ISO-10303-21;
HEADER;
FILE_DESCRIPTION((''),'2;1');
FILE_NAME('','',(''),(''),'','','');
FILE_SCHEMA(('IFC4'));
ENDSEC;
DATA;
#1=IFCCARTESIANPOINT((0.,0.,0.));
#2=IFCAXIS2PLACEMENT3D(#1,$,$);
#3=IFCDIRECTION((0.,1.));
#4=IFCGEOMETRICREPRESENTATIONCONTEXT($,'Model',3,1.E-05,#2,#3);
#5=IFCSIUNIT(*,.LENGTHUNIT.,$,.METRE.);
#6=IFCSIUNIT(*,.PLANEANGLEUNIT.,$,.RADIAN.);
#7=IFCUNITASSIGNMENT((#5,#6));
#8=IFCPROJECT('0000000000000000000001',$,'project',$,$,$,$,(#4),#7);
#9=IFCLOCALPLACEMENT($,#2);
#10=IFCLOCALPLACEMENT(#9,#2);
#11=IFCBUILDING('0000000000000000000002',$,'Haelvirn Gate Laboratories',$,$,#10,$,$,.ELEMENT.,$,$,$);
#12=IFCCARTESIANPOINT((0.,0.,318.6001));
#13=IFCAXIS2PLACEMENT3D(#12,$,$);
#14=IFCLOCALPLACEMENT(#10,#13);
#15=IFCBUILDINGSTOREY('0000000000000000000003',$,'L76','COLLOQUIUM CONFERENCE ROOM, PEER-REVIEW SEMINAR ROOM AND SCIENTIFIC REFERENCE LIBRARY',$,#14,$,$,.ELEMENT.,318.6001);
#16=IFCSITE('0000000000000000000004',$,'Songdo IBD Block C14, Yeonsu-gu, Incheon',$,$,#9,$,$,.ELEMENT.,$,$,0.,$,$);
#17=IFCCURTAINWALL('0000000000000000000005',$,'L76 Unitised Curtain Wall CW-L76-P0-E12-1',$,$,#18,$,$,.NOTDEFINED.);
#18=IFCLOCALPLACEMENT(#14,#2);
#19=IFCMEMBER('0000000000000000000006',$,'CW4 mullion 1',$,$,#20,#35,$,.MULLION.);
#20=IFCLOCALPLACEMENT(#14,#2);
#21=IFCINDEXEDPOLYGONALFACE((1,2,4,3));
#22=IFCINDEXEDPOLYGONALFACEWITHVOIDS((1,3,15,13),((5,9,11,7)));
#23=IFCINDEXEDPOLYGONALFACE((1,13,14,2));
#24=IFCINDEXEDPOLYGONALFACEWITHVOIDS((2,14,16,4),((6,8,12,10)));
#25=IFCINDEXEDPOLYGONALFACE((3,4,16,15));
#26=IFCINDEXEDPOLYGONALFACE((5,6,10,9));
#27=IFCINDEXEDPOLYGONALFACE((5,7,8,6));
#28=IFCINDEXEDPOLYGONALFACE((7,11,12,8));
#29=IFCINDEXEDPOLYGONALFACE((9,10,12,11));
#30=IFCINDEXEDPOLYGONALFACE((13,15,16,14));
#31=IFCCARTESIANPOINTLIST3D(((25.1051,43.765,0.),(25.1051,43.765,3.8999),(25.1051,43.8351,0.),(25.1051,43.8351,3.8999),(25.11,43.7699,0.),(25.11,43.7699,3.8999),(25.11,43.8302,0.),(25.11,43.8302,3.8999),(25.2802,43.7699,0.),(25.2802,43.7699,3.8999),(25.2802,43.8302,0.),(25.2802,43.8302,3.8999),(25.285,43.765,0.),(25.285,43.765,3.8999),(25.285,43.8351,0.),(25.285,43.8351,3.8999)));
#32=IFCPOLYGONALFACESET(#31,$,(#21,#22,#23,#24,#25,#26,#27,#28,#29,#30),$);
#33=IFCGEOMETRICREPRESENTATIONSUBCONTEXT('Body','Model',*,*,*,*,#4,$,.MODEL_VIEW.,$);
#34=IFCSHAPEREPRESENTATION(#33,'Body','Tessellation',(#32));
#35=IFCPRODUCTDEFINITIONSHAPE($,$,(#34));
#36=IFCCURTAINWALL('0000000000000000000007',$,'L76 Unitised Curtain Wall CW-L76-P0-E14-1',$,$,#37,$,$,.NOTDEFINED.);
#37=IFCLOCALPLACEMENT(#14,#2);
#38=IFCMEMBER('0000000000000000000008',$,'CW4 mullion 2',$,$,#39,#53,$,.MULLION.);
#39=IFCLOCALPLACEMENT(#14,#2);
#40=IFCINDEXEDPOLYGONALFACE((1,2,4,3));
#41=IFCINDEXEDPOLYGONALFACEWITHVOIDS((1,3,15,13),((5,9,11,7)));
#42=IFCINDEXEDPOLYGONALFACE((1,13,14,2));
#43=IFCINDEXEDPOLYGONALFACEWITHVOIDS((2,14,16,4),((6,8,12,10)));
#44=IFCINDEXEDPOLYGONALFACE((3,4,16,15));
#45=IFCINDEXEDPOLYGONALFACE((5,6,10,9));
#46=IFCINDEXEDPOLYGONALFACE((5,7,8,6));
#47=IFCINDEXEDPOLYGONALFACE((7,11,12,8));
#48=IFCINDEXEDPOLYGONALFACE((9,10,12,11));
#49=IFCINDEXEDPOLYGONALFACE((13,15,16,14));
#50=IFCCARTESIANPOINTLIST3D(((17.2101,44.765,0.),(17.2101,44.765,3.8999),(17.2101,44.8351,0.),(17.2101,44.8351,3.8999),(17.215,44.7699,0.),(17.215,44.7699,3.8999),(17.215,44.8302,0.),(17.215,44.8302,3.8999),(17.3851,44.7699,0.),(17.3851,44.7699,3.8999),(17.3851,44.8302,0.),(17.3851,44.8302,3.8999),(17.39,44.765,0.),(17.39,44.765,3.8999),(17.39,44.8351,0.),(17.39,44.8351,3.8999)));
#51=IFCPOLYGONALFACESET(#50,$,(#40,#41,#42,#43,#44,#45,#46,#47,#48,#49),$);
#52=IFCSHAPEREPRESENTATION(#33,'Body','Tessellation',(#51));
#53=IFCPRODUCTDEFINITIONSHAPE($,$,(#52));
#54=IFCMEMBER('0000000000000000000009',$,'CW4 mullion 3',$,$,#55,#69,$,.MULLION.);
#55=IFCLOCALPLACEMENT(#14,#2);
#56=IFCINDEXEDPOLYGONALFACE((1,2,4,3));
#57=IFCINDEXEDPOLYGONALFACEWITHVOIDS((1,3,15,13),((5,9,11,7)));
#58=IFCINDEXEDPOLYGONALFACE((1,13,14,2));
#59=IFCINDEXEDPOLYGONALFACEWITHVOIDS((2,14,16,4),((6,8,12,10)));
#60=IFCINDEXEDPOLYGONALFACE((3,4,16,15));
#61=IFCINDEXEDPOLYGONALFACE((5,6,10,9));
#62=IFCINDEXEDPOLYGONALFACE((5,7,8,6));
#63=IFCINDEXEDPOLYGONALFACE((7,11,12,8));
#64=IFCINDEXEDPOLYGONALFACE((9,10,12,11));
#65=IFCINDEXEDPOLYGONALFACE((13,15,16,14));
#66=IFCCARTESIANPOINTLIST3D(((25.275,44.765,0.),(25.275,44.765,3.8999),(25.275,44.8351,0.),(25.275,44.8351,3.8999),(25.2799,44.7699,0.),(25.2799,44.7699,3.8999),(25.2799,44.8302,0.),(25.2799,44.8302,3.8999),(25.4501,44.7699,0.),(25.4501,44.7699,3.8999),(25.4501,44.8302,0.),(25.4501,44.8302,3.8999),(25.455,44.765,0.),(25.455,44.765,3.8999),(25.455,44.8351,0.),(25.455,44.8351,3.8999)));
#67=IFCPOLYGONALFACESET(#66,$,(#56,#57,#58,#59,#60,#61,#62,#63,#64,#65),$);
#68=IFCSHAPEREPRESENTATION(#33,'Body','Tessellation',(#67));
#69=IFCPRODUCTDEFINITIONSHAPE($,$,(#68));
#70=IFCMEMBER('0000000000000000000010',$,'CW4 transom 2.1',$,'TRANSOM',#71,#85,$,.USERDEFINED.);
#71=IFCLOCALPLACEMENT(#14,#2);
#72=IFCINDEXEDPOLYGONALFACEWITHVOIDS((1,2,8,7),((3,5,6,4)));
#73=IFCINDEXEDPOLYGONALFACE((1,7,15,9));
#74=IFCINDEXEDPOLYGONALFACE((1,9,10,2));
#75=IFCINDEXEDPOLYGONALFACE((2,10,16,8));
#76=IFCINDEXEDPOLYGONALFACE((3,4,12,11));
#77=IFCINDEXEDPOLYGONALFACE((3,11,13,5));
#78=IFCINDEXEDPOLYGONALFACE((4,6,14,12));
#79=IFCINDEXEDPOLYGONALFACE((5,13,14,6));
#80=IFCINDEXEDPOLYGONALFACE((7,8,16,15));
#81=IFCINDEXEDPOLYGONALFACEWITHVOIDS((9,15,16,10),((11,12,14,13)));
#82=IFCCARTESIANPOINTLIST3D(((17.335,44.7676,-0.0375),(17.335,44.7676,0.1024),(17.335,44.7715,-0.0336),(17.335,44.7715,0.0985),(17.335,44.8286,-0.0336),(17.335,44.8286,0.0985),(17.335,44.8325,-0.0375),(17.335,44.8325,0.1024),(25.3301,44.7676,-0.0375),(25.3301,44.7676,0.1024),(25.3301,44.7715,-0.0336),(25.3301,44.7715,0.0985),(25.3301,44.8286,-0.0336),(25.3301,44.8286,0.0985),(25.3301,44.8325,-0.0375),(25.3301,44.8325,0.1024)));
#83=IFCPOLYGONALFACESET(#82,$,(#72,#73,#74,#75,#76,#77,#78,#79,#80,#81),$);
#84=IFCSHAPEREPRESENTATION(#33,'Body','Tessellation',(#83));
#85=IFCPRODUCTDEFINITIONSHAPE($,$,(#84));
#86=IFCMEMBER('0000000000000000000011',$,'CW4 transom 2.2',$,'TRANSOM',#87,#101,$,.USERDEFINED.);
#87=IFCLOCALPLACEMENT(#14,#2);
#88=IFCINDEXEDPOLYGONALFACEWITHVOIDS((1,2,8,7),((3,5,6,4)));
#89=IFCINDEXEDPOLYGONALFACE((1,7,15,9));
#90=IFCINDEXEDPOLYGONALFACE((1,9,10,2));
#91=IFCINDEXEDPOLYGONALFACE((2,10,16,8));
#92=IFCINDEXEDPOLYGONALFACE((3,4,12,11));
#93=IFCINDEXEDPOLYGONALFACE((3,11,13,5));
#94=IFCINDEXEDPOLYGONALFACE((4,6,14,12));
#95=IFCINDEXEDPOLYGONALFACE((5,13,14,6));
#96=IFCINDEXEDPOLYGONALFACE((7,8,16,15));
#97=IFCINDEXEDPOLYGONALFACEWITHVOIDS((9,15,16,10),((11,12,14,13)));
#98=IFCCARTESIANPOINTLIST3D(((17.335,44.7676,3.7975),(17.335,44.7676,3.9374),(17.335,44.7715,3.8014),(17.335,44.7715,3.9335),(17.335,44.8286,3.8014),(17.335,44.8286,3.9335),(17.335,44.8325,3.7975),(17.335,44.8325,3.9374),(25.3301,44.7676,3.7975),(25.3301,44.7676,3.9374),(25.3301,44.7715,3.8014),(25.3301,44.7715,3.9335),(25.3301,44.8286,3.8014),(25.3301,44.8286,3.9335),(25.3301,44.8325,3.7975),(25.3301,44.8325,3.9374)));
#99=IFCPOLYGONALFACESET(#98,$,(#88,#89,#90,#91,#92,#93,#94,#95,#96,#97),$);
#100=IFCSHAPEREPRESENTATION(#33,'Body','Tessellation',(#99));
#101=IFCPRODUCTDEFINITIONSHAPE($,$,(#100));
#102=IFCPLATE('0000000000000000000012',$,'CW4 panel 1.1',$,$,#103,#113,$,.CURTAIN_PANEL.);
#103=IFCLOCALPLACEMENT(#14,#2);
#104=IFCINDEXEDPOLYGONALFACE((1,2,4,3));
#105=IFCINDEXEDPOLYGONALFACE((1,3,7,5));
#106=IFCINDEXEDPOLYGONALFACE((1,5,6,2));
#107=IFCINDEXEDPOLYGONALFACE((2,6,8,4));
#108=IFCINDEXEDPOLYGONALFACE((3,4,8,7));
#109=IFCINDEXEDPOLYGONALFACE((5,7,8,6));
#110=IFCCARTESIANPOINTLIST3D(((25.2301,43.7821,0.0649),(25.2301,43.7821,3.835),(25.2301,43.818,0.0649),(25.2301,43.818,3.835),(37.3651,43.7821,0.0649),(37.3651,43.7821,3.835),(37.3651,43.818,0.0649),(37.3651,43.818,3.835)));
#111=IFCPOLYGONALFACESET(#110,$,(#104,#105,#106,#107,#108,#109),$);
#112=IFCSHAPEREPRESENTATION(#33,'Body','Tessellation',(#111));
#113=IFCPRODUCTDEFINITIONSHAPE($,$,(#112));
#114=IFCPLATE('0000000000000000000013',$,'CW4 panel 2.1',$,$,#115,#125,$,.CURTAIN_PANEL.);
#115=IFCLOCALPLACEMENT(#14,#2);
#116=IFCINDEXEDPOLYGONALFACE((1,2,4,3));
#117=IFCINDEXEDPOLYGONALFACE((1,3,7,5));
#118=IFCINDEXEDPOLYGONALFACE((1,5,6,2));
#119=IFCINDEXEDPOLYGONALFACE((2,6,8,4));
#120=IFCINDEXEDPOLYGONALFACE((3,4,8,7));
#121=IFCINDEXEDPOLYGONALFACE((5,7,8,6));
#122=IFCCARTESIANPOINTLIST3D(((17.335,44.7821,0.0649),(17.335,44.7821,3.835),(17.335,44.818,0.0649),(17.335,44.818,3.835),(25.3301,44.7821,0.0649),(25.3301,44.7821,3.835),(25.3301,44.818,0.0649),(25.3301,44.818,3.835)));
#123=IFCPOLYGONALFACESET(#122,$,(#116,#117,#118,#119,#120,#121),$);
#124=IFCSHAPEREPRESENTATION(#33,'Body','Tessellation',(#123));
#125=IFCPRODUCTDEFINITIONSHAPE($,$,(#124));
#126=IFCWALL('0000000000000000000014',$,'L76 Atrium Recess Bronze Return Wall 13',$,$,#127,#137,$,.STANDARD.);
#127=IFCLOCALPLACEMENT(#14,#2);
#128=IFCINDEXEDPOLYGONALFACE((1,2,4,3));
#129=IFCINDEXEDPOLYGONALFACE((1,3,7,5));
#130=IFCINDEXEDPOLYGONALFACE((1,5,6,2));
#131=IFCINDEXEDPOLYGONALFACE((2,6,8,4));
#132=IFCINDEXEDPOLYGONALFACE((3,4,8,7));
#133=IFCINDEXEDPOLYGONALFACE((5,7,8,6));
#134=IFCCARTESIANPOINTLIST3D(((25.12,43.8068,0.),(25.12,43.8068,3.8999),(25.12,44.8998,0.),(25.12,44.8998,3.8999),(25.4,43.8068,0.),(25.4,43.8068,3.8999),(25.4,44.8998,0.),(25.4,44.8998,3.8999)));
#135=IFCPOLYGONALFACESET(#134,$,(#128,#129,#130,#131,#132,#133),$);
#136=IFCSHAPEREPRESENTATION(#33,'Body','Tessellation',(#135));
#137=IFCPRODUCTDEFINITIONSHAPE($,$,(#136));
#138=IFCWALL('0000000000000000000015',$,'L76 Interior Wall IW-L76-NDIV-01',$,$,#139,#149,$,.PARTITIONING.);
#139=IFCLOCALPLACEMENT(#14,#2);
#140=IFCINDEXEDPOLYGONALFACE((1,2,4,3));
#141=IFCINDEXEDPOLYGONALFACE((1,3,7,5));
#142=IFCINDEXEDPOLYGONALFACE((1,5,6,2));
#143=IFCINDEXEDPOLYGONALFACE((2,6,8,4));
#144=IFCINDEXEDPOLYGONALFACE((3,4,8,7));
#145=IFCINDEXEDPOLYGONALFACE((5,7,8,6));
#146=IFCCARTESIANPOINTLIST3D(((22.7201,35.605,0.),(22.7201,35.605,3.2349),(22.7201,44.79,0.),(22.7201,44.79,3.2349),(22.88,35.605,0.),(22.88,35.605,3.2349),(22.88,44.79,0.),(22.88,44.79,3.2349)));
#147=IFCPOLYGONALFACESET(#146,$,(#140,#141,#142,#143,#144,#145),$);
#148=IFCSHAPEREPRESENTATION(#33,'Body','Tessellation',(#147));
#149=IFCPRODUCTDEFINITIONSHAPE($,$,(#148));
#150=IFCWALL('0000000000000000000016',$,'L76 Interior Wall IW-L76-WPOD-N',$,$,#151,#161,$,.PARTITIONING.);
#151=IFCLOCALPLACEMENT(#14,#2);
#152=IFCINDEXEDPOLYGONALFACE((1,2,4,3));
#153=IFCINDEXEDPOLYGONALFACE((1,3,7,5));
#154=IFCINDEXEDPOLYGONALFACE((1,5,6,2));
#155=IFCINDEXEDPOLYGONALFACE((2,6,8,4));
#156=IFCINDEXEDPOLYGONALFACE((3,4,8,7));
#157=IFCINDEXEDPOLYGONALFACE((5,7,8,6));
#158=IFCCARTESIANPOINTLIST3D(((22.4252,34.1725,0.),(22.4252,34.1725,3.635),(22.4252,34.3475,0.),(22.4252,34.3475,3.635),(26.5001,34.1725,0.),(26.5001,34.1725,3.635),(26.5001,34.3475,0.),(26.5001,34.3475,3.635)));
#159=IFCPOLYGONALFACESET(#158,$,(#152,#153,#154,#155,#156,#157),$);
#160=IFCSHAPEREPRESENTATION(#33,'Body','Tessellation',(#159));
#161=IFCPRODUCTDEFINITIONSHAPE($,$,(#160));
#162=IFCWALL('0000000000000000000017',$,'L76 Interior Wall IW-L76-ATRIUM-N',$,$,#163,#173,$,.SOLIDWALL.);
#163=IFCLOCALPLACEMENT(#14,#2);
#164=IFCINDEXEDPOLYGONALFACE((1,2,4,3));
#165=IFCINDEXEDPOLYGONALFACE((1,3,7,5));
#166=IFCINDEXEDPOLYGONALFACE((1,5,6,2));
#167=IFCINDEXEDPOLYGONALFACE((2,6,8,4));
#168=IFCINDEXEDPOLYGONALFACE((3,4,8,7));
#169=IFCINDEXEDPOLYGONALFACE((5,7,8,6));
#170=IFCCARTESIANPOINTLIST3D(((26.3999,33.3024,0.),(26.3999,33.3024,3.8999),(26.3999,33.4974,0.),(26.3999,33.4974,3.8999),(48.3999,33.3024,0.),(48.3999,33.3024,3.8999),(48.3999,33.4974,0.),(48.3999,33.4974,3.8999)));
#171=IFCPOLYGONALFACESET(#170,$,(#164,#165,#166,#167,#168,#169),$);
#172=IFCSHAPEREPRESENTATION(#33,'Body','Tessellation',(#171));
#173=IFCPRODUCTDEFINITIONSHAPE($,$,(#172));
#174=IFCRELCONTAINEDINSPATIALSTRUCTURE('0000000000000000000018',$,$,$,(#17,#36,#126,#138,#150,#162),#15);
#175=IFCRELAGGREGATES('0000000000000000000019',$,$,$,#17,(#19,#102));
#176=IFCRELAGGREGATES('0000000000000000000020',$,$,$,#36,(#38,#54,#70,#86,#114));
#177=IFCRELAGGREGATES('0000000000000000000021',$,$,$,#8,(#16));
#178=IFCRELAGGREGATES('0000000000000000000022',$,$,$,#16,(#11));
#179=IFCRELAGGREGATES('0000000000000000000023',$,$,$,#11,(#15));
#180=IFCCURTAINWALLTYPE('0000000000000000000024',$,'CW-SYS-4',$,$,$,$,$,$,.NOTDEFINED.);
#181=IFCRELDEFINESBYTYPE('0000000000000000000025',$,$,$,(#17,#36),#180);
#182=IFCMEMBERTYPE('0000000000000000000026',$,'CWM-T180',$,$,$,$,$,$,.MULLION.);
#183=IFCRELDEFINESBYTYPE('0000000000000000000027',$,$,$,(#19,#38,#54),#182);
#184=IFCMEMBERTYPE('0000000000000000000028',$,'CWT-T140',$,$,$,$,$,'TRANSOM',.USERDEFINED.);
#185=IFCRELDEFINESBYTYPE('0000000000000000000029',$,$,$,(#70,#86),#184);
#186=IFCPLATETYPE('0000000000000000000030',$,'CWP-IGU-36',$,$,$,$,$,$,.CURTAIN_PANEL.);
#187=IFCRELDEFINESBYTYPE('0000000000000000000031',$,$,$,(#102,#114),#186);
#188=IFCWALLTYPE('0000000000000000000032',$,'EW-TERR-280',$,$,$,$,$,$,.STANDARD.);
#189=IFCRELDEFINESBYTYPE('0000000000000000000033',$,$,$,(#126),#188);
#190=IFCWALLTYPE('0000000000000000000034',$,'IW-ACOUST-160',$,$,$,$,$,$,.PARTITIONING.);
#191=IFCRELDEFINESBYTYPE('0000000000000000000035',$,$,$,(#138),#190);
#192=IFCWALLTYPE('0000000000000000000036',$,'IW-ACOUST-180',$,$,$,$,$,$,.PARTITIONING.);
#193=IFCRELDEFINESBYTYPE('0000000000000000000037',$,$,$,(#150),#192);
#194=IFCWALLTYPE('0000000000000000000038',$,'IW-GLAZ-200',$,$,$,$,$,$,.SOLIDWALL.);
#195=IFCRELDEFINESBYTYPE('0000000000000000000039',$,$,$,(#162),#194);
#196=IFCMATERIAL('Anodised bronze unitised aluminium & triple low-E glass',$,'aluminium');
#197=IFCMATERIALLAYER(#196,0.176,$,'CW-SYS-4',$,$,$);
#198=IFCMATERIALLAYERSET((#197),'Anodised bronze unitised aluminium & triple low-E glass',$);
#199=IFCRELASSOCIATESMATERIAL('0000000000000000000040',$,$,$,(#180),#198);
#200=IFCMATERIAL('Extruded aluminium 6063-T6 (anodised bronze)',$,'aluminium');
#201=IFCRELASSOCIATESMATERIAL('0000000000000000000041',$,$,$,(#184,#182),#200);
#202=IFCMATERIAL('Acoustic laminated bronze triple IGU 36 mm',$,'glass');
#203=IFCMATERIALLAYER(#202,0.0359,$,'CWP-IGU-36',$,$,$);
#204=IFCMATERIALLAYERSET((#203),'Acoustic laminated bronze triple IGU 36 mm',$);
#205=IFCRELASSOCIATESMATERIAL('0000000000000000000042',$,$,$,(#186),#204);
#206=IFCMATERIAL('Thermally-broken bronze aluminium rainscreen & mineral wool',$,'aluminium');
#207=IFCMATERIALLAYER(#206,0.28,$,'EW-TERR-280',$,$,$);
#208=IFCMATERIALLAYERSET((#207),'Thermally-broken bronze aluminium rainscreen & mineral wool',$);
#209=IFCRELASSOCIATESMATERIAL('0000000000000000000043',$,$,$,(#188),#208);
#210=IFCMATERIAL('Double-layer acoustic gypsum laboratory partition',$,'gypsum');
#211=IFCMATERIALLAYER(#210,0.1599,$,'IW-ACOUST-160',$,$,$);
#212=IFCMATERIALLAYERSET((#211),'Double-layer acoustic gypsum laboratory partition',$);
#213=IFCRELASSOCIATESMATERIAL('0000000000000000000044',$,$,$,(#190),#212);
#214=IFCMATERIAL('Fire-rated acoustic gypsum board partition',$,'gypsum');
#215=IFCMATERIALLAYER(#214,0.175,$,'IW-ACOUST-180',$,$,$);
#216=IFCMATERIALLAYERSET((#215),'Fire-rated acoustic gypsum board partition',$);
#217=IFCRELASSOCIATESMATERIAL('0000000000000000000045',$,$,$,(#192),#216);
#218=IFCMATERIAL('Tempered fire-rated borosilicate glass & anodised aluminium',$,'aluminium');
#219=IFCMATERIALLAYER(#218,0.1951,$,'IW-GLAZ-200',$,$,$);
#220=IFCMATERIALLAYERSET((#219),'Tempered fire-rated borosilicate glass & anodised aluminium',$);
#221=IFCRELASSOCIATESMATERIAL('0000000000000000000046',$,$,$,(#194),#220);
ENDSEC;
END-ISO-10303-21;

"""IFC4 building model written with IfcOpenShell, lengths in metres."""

from ifc_helpers import new_model, si_unit, direction, frame, frame_2d, origin, origin_2d, place, context, subcontext, project, spatial, rectangle, hollow_rectangle, extrude, source, transform, mapped, material, layer, layer_set, material_profile, profile_set, type_object, type_shapes, element, aggregate, save


model = new_model("IFC4")

# Units and contexts
model_context = context("Model", 3, precision=1e-05, world=origin(), true_north=direction((0.0, 1.0)))
body_context = subcontext(model_context, "Body", "Model", "MODEL_VIEW")
ifc_project = project(units=[si_unit("LENGTHUNIT", "METRE"), si_unit("PLANEANGLEUNIT", "RADIAN")], contexts=[model_context])

# Site, building, storey
site_placement = place(None, origin())
site = spatial("IfcSite", under=ifc_project, at=site_placement, Name="Songdo IBD Block C14, Yeonsu-gu, Incheon", CompositionType="ELEMENT", RefElevation=0.0)
building_placement = place(site_placement, origin())
building = spatial("IfcBuilding", under=site, at=building_placement, Name="Haelvirn Gate Laboratories", CompositionType="ELEMENT")
storey_placement = place(building_placement, frame((0.0, 0.0, 318.6001)))
storey = spatial("IfcBuildingStorey", under=building, at=storey_placement, Name="L76", Description="COLLOQUIUM CONFERENCE ROOM, PEER-REVIEW SEMINAR ROOM AND SCIENTIFIC REFERENCE LIBRARY", CompositionType="ELEMENT", Elevation=318.6001)

# Curtain walls, members
ifc_material_1 = material(Name="Anodised bronze unitised aluminium & triple low-E glass", Category="aluminium")
ifc_layer_1 = layer(ifc_material_1, 0.176, Name="CW-SYS-4")
ifc_layer_set_1 = layer_set([ifc_layer_1], Name="Anodised bronze unitised aluminium & triple low-E glass")
curtain_wall_type = type_object("IfcCurtainWallType", Name="CW-SYS-4", PredefinedType="NOTDEFINED", material=ifc_layer_set_1)
curtain_wall_1_placement = place(storey_placement, origin())
curtain_wall_1 = element("IfcCurtainWall", 1, at=curtain_wall_1_placement, inside=storey, type_object=curtain_wall_type, Name="L76 Unitised Curtain Wall CW-L76-P0-E12-1", PredefinedType="NOTDEFINED")
ifc_material_2 = material(Name="Extruded aluminium 6063-T6 (anodised bronze)", Category="aluminium")
ifc_material_profile_1 = material_profile(ifc_material_2, hollow_rectangle(XDim=0.0649, YDim=0.1399, WallThickness=0.0039, at=origin_2d()), Name="CWT-140x65x4")
ifc_profile_set_1 = profile_set([ifc_material_profile_1], Name="Extruded aluminium 6063-T6 (anodised bronze)")
member_type_1 = type_object("IfcMemberType", Name="CWT-T140", ElementType="TRANSOM", PredefinedType="USERDEFINED", material=ifc_profile_set_1)
ifc_material_profile_2 = material_profile(ifc_material_2, hollow_rectangle(XDim=0.0701, YDim=0.1799, WallThickness=0.0049, at=origin_2d()), Name="CWM-180x70x5")
ifc_profile_set_2 = profile_set([ifc_material_profile_2], Name="Extruded aluminium 6063-T6 (anodised bronze)")
member_type_2 = type_object("IfcMemberType", Name="CWM-T180", PredefinedType="MULLION", material=ifc_profile_set_2)
shared_shape_1 = source(origin(), body_context, "Body", "SweptSolid", [
    extrude(hollow_rectangle(XDim=0.0701, YDim=0.1799, WallThickness=0.0049, at=origin_2d()), origin(), (0.0, 0.0, 1.0), 3.8999),
])
type_shapes(member_type_2, [shared_shape_1])
member_1_placement = place(storey_placement, frame((25.1951, 43.8, 0.0), z_axis=(0.0, 0.0, 1.0), x_axis=(0.0, 1.0, 0.0)))
member_1 = element("IfcMember", 2, at=member_1_placement, type_object=member_type_2, Name="CW4 mullion 1", PredefinedType="MULLION", context=body_context, shape_type="MappedRepresentation", body=[
    mapped(shared_shape_1, transform((0.0, 0.0, 0.0), scale=1.0)),
])
curtain_wall_2_placement = place(storey_placement, origin())
curtain_wall_2 = element("IfcCurtainWall", 3, at=curtain_wall_2_placement, inside=storey, type_object=curtain_wall_type, Name="L76 Unitised Curtain Wall CW-L76-P0-E14-1", PredefinedType="NOTDEFINED")
member_2_placement = place(storey_placement, frame((17.3, 44.8, 0.0), z_axis=(0.0, 0.0, 1.0), x_axis=(0.0, 1.0, 0.0)))
member_2 = element("IfcMember", 4, at=member_2_placement, type_object=member_type_2, Name="CW4 mullion 2", PredefinedType="MULLION", context=body_context, shape_type="MappedRepresentation", body=[
    mapped(shared_shape_1, transform((0.0, 0.0, 0.0), scale=1.0)),
])
member_3_placement = place(storey_placement, frame((25.365, 44.8, 0.0), z_axis=(0.0, 0.0, 1.0), x_axis=(0.0, 1.0, 0.0)))
member_3 = element("IfcMember", 5, at=member_3_placement, type_object=member_type_2, Name="CW4 mullion 3", PredefinedType="MULLION", context=body_context, shape_type="MappedRepresentation", body=[
    mapped(shared_shape_1, transform((0.0, 0.0, 0.0), scale=1.0)),
])
shared_shape_2 = source(origin(), body_context, "Body", "SweptSolid", [
    extrude(hollow_rectangle(XDim=0.0649, YDim=0.1399, WallThickness=0.0039, at=origin_2d()), origin(), (0.0, 0.0, 1.0), 7.9951),
])
member_4_placement = place(storey_placement, frame((17.335, 44.8, 0.0325), z_axis=(1.0, 0.0, 0.0), x_axis=(0.0, 1.0, 0.0)))
member_4 = element("IfcMember", 6, at=member_4_placement, type_object=member_type_1, Name="CW4 transom 2.1", ObjectType="TRANSOM", PredefinedType="USERDEFINED", context=body_context, shape_type="MappedRepresentation", body=[
    mapped(shared_shape_2, transform((0.0, 0.0, 0.0), scale=1.0)),
])
member_5_placement = place(storey_placement, frame((17.335, 44.8, 3.8674), z_axis=(1.0, 0.0, 0.0), x_axis=(0.0, 1.0, 0.0)))
member_5 = element("IfcMember", 7, at=member_5_placement, type_object=member_type_1, Name="CW4 transom 2.2", ObjectType="TRANSOM", PredefinedType="USERDEFINED", context=body_context, shape_type="MappedRepresentation", body=[
    mapped(shared_shape_2, transform((0.0, 0.0, 0.0), scale=1.0)),
])

# Plates
ifc_material_3 = material(Name="Acoustic laminated bronze triple IGU 36 mm", Category="glass")
ifc_layer_2 = layer(ifc_material_3, 0.0359, Name="CWP-IGU-36")
ifc_layer_set_2 = layer_set([ifc_layer_2], Name="Acoustic laminated bronze triple IGU 36 mm")
plate_type = type_object("IfcPlateType", Name="CWP-IGU-36", PredefinedType="CURTAIN_PANEL", material=ifc_layer_set_2)
shared_shape_3 = source(origin(), body_context, "Body", "SweptSolid", [
    extrude(rectangle(XDim=12.135, YDim=0.0359, at=origin_2d()), origin(), (0.0, 0.0, 1.0), 3.77),
])
plate_1_placement = place(storey_placement, frame((31.2976, 43.8, 0.0649), z_axis=(0.0, 0.0, 1.0), x_axis=(1.0, 0.0, 0.0)))
plate_1 = element("IfcPlate", 8, at=plate_1_placement, type_object=plate_type, Name="CW4 panel 1.1", PredefinedType="CURTAIN_PANEL", context=body_context, shape_type="MappedRepresentation", body=[
    mapped(shared_shape_3, transform((0.0, 0.0, 0.0), scale=1.0)),
])
aggregate(curtain_wall_1, [member_1, plate_1])
shared_shape_4 = source(origin(), body_context, "Body", "SweptSolid", [
    extrude(rectangle(XDim=7.9951, YDim=0.0359, at=origin_2d()), origin(), (0.0, 0.0, 1.0), 3.77),
])
type_shapes(plate_type, [shared_shape_3, shared_shape_4])
plate_2_placement = place(storey_placement, frame((21.3325, 44.8, 0.0649), z_axis=(0.0, 0.0, 1.0), x_axis=(1.0, 0.0, 0.0)))
plate_2 = element("IfcPlate", 9, at=plate_2_placement, type_object=plate_type, Name="CW4 panel 2.1", PredefinedType="CURTAIN_PANEL", context=body_context, shape_type="MappedRepresentation", body=[
    mapped(shared_shape_4, transform((0.0, 0.0, 0.0), scale=1.0)),
])
aggregate(curtain_wall_2, [member_2, member_3, member_4, member_5, plate_2])

# Walls
ifc_material_4 = material(Name="Thermally-broken bronze aluminium rainscreen & mineral wool", Category="aluminium")
ifc_layer_3 = layer(ifc_material_4, 0.28, Name="EW-TERR-280")
ifc_layer_set_3 = layer_set([ifc_layer_3], Name="Thermally-broken bronze aluminium rainscreen & mineral wool")
wall_type_1 = type_object("IfcWallType", Name="EW-TERR-280", PredefinedType="STANDARD", material=ifc_layer_set_3)
wall_1_placement = place(storey_placement, frame((25.26, 43.8069, 0.0), z_axis=(0.0, 0.0, 1.0), x_axis=(0.0, 1.0, 0.0)))
element("IfcWall", 10, at=wall_1_placement, inside=storey, type_object=wall_type_1, Name="L76 Atrium Recess Bronze Return Wall 13", PredefinedType="STANDARD", context=body_context, shape_type="SweptSolid", body=[
    extrude(rectangle(XDim=1.093, YDim=0.28, at=frame_2d((0.5464, 0.0))), origin(), (0.0, 0.0, 1.0), 3.8999),
])
ifc_material_5 = material(Name="Double-layer acoustic gypsum laboratory partition", Category="gypsum")
ifc_layer_4 = layer(ifc_material_5, 0.1599, Name="IW-ACOUST-160")
ifc_layer_set_4 = layer_set([ifc_layer_4], Name="Double-layer acoustic gypsum laboratory partition")
wall_type_2 = type_object("IfcWallType", Name="IW-ACOUST-160", PredefinedType="PARTITIONING", material=ifc_layer_set_4)
wall_2_placement = place(storey_placement, frame((22.8, 35.605, 0.0), z_axis=(0.0, 0.0, 1.0), x_axis=(0.0, 1.0, 0.0)))
element("IfcWall", 11, at=wall_2_placement, inside=storey, type_object=wall_type_2, Name="L76 Interior Wall IW-L76-NDIV-01", PredefinedType="PARTITIONING", context=body_context, shape_type="SweptSolid", body=[
    extrude(rectangle(XDim=9.1851, YDim=0.1599, at=frame_2d((4.5925, 0.0))), origin(), (0.0, 0.0, 1.0), 3.2349),
])
ifc_material_6 = material(Name="Fire-rated acoustic gypsum board partition", Category="gypsum")
ifc_layer_5 = layer(ifc_material_6, 0.175, Name="IW-ACOUST-180")
ifc_layer_set_5 = layer_set([ifc_layer_5], Name="Fire-rated acoustic gypsum board partition")
wall_type_3 = type_object("IfcWallType", Name="IW-ACOUST-180", PredefinedType="PARTITIONING", material=ifc_layer_set_5)
wall_3_placement = place(storey_placement, frame((22.425, 34.26, 0.0), z_axis=(0.0, 0.0, 1.0), x_axis=(1.0, 0.0, 0.0)))
element("IfcWall", 12, at=wall_3_placement, inside=storey, type_object=wall_type_3, Name="L76 Interior Wall IW-L76-WPOD-N", PredefinedType="PARTITIONING", context=body_context, shape_type="SweptSolid", body=[
    extrude(rectangle(XDim=4.075, YDim=0.175, at=frame_2d((2.0376, 0.0))), origin(), (0.0, 0.0, 1.0), 3.635),
])

# Wall
ifc_material_7 = material(Name="Tempered fire-rated borosilicate glass & anodised aluminium", Category="aluminium")
ifc_layer_6 = layer(ifc_material_7, 0.1951, Name="IW-GLAZ-200")
ifc_layer_set_6 = layer_set([ifc_layer_6], Name="Tempered fire-rated borosilicate glass & anodised aluminium")
wall_type_4 = type_object("IfcWallType", Name="IW-GLAZ-200", PredefinedType="SOLIDWALL", material=ifc_layer_set_6)
wall_4_placement = place(storey_placement, frame((26.3999, 33.3999, 0.0), z_axis=(0.0, 0.0, 1.0), x_axis=(1.0, 0.0, 0.0)))
element("IfcWall", 13, at=wall_4_placement, inside=storey, type_object=wall_type_4, Name="L76 Interior Wall IW-L76-ATRIUM-N", PredefinedType="SOLIDWALL", context=body_context, shape_type="SweptSolid", body=[
    extrude(rectangle(XDim=22.0, YDim=0.1951, at=frame_2d((11.0, 0.0))), origin(), (0.0, 0.0, 1.0), 3.8999),
])

save(model, "model.ifc")
